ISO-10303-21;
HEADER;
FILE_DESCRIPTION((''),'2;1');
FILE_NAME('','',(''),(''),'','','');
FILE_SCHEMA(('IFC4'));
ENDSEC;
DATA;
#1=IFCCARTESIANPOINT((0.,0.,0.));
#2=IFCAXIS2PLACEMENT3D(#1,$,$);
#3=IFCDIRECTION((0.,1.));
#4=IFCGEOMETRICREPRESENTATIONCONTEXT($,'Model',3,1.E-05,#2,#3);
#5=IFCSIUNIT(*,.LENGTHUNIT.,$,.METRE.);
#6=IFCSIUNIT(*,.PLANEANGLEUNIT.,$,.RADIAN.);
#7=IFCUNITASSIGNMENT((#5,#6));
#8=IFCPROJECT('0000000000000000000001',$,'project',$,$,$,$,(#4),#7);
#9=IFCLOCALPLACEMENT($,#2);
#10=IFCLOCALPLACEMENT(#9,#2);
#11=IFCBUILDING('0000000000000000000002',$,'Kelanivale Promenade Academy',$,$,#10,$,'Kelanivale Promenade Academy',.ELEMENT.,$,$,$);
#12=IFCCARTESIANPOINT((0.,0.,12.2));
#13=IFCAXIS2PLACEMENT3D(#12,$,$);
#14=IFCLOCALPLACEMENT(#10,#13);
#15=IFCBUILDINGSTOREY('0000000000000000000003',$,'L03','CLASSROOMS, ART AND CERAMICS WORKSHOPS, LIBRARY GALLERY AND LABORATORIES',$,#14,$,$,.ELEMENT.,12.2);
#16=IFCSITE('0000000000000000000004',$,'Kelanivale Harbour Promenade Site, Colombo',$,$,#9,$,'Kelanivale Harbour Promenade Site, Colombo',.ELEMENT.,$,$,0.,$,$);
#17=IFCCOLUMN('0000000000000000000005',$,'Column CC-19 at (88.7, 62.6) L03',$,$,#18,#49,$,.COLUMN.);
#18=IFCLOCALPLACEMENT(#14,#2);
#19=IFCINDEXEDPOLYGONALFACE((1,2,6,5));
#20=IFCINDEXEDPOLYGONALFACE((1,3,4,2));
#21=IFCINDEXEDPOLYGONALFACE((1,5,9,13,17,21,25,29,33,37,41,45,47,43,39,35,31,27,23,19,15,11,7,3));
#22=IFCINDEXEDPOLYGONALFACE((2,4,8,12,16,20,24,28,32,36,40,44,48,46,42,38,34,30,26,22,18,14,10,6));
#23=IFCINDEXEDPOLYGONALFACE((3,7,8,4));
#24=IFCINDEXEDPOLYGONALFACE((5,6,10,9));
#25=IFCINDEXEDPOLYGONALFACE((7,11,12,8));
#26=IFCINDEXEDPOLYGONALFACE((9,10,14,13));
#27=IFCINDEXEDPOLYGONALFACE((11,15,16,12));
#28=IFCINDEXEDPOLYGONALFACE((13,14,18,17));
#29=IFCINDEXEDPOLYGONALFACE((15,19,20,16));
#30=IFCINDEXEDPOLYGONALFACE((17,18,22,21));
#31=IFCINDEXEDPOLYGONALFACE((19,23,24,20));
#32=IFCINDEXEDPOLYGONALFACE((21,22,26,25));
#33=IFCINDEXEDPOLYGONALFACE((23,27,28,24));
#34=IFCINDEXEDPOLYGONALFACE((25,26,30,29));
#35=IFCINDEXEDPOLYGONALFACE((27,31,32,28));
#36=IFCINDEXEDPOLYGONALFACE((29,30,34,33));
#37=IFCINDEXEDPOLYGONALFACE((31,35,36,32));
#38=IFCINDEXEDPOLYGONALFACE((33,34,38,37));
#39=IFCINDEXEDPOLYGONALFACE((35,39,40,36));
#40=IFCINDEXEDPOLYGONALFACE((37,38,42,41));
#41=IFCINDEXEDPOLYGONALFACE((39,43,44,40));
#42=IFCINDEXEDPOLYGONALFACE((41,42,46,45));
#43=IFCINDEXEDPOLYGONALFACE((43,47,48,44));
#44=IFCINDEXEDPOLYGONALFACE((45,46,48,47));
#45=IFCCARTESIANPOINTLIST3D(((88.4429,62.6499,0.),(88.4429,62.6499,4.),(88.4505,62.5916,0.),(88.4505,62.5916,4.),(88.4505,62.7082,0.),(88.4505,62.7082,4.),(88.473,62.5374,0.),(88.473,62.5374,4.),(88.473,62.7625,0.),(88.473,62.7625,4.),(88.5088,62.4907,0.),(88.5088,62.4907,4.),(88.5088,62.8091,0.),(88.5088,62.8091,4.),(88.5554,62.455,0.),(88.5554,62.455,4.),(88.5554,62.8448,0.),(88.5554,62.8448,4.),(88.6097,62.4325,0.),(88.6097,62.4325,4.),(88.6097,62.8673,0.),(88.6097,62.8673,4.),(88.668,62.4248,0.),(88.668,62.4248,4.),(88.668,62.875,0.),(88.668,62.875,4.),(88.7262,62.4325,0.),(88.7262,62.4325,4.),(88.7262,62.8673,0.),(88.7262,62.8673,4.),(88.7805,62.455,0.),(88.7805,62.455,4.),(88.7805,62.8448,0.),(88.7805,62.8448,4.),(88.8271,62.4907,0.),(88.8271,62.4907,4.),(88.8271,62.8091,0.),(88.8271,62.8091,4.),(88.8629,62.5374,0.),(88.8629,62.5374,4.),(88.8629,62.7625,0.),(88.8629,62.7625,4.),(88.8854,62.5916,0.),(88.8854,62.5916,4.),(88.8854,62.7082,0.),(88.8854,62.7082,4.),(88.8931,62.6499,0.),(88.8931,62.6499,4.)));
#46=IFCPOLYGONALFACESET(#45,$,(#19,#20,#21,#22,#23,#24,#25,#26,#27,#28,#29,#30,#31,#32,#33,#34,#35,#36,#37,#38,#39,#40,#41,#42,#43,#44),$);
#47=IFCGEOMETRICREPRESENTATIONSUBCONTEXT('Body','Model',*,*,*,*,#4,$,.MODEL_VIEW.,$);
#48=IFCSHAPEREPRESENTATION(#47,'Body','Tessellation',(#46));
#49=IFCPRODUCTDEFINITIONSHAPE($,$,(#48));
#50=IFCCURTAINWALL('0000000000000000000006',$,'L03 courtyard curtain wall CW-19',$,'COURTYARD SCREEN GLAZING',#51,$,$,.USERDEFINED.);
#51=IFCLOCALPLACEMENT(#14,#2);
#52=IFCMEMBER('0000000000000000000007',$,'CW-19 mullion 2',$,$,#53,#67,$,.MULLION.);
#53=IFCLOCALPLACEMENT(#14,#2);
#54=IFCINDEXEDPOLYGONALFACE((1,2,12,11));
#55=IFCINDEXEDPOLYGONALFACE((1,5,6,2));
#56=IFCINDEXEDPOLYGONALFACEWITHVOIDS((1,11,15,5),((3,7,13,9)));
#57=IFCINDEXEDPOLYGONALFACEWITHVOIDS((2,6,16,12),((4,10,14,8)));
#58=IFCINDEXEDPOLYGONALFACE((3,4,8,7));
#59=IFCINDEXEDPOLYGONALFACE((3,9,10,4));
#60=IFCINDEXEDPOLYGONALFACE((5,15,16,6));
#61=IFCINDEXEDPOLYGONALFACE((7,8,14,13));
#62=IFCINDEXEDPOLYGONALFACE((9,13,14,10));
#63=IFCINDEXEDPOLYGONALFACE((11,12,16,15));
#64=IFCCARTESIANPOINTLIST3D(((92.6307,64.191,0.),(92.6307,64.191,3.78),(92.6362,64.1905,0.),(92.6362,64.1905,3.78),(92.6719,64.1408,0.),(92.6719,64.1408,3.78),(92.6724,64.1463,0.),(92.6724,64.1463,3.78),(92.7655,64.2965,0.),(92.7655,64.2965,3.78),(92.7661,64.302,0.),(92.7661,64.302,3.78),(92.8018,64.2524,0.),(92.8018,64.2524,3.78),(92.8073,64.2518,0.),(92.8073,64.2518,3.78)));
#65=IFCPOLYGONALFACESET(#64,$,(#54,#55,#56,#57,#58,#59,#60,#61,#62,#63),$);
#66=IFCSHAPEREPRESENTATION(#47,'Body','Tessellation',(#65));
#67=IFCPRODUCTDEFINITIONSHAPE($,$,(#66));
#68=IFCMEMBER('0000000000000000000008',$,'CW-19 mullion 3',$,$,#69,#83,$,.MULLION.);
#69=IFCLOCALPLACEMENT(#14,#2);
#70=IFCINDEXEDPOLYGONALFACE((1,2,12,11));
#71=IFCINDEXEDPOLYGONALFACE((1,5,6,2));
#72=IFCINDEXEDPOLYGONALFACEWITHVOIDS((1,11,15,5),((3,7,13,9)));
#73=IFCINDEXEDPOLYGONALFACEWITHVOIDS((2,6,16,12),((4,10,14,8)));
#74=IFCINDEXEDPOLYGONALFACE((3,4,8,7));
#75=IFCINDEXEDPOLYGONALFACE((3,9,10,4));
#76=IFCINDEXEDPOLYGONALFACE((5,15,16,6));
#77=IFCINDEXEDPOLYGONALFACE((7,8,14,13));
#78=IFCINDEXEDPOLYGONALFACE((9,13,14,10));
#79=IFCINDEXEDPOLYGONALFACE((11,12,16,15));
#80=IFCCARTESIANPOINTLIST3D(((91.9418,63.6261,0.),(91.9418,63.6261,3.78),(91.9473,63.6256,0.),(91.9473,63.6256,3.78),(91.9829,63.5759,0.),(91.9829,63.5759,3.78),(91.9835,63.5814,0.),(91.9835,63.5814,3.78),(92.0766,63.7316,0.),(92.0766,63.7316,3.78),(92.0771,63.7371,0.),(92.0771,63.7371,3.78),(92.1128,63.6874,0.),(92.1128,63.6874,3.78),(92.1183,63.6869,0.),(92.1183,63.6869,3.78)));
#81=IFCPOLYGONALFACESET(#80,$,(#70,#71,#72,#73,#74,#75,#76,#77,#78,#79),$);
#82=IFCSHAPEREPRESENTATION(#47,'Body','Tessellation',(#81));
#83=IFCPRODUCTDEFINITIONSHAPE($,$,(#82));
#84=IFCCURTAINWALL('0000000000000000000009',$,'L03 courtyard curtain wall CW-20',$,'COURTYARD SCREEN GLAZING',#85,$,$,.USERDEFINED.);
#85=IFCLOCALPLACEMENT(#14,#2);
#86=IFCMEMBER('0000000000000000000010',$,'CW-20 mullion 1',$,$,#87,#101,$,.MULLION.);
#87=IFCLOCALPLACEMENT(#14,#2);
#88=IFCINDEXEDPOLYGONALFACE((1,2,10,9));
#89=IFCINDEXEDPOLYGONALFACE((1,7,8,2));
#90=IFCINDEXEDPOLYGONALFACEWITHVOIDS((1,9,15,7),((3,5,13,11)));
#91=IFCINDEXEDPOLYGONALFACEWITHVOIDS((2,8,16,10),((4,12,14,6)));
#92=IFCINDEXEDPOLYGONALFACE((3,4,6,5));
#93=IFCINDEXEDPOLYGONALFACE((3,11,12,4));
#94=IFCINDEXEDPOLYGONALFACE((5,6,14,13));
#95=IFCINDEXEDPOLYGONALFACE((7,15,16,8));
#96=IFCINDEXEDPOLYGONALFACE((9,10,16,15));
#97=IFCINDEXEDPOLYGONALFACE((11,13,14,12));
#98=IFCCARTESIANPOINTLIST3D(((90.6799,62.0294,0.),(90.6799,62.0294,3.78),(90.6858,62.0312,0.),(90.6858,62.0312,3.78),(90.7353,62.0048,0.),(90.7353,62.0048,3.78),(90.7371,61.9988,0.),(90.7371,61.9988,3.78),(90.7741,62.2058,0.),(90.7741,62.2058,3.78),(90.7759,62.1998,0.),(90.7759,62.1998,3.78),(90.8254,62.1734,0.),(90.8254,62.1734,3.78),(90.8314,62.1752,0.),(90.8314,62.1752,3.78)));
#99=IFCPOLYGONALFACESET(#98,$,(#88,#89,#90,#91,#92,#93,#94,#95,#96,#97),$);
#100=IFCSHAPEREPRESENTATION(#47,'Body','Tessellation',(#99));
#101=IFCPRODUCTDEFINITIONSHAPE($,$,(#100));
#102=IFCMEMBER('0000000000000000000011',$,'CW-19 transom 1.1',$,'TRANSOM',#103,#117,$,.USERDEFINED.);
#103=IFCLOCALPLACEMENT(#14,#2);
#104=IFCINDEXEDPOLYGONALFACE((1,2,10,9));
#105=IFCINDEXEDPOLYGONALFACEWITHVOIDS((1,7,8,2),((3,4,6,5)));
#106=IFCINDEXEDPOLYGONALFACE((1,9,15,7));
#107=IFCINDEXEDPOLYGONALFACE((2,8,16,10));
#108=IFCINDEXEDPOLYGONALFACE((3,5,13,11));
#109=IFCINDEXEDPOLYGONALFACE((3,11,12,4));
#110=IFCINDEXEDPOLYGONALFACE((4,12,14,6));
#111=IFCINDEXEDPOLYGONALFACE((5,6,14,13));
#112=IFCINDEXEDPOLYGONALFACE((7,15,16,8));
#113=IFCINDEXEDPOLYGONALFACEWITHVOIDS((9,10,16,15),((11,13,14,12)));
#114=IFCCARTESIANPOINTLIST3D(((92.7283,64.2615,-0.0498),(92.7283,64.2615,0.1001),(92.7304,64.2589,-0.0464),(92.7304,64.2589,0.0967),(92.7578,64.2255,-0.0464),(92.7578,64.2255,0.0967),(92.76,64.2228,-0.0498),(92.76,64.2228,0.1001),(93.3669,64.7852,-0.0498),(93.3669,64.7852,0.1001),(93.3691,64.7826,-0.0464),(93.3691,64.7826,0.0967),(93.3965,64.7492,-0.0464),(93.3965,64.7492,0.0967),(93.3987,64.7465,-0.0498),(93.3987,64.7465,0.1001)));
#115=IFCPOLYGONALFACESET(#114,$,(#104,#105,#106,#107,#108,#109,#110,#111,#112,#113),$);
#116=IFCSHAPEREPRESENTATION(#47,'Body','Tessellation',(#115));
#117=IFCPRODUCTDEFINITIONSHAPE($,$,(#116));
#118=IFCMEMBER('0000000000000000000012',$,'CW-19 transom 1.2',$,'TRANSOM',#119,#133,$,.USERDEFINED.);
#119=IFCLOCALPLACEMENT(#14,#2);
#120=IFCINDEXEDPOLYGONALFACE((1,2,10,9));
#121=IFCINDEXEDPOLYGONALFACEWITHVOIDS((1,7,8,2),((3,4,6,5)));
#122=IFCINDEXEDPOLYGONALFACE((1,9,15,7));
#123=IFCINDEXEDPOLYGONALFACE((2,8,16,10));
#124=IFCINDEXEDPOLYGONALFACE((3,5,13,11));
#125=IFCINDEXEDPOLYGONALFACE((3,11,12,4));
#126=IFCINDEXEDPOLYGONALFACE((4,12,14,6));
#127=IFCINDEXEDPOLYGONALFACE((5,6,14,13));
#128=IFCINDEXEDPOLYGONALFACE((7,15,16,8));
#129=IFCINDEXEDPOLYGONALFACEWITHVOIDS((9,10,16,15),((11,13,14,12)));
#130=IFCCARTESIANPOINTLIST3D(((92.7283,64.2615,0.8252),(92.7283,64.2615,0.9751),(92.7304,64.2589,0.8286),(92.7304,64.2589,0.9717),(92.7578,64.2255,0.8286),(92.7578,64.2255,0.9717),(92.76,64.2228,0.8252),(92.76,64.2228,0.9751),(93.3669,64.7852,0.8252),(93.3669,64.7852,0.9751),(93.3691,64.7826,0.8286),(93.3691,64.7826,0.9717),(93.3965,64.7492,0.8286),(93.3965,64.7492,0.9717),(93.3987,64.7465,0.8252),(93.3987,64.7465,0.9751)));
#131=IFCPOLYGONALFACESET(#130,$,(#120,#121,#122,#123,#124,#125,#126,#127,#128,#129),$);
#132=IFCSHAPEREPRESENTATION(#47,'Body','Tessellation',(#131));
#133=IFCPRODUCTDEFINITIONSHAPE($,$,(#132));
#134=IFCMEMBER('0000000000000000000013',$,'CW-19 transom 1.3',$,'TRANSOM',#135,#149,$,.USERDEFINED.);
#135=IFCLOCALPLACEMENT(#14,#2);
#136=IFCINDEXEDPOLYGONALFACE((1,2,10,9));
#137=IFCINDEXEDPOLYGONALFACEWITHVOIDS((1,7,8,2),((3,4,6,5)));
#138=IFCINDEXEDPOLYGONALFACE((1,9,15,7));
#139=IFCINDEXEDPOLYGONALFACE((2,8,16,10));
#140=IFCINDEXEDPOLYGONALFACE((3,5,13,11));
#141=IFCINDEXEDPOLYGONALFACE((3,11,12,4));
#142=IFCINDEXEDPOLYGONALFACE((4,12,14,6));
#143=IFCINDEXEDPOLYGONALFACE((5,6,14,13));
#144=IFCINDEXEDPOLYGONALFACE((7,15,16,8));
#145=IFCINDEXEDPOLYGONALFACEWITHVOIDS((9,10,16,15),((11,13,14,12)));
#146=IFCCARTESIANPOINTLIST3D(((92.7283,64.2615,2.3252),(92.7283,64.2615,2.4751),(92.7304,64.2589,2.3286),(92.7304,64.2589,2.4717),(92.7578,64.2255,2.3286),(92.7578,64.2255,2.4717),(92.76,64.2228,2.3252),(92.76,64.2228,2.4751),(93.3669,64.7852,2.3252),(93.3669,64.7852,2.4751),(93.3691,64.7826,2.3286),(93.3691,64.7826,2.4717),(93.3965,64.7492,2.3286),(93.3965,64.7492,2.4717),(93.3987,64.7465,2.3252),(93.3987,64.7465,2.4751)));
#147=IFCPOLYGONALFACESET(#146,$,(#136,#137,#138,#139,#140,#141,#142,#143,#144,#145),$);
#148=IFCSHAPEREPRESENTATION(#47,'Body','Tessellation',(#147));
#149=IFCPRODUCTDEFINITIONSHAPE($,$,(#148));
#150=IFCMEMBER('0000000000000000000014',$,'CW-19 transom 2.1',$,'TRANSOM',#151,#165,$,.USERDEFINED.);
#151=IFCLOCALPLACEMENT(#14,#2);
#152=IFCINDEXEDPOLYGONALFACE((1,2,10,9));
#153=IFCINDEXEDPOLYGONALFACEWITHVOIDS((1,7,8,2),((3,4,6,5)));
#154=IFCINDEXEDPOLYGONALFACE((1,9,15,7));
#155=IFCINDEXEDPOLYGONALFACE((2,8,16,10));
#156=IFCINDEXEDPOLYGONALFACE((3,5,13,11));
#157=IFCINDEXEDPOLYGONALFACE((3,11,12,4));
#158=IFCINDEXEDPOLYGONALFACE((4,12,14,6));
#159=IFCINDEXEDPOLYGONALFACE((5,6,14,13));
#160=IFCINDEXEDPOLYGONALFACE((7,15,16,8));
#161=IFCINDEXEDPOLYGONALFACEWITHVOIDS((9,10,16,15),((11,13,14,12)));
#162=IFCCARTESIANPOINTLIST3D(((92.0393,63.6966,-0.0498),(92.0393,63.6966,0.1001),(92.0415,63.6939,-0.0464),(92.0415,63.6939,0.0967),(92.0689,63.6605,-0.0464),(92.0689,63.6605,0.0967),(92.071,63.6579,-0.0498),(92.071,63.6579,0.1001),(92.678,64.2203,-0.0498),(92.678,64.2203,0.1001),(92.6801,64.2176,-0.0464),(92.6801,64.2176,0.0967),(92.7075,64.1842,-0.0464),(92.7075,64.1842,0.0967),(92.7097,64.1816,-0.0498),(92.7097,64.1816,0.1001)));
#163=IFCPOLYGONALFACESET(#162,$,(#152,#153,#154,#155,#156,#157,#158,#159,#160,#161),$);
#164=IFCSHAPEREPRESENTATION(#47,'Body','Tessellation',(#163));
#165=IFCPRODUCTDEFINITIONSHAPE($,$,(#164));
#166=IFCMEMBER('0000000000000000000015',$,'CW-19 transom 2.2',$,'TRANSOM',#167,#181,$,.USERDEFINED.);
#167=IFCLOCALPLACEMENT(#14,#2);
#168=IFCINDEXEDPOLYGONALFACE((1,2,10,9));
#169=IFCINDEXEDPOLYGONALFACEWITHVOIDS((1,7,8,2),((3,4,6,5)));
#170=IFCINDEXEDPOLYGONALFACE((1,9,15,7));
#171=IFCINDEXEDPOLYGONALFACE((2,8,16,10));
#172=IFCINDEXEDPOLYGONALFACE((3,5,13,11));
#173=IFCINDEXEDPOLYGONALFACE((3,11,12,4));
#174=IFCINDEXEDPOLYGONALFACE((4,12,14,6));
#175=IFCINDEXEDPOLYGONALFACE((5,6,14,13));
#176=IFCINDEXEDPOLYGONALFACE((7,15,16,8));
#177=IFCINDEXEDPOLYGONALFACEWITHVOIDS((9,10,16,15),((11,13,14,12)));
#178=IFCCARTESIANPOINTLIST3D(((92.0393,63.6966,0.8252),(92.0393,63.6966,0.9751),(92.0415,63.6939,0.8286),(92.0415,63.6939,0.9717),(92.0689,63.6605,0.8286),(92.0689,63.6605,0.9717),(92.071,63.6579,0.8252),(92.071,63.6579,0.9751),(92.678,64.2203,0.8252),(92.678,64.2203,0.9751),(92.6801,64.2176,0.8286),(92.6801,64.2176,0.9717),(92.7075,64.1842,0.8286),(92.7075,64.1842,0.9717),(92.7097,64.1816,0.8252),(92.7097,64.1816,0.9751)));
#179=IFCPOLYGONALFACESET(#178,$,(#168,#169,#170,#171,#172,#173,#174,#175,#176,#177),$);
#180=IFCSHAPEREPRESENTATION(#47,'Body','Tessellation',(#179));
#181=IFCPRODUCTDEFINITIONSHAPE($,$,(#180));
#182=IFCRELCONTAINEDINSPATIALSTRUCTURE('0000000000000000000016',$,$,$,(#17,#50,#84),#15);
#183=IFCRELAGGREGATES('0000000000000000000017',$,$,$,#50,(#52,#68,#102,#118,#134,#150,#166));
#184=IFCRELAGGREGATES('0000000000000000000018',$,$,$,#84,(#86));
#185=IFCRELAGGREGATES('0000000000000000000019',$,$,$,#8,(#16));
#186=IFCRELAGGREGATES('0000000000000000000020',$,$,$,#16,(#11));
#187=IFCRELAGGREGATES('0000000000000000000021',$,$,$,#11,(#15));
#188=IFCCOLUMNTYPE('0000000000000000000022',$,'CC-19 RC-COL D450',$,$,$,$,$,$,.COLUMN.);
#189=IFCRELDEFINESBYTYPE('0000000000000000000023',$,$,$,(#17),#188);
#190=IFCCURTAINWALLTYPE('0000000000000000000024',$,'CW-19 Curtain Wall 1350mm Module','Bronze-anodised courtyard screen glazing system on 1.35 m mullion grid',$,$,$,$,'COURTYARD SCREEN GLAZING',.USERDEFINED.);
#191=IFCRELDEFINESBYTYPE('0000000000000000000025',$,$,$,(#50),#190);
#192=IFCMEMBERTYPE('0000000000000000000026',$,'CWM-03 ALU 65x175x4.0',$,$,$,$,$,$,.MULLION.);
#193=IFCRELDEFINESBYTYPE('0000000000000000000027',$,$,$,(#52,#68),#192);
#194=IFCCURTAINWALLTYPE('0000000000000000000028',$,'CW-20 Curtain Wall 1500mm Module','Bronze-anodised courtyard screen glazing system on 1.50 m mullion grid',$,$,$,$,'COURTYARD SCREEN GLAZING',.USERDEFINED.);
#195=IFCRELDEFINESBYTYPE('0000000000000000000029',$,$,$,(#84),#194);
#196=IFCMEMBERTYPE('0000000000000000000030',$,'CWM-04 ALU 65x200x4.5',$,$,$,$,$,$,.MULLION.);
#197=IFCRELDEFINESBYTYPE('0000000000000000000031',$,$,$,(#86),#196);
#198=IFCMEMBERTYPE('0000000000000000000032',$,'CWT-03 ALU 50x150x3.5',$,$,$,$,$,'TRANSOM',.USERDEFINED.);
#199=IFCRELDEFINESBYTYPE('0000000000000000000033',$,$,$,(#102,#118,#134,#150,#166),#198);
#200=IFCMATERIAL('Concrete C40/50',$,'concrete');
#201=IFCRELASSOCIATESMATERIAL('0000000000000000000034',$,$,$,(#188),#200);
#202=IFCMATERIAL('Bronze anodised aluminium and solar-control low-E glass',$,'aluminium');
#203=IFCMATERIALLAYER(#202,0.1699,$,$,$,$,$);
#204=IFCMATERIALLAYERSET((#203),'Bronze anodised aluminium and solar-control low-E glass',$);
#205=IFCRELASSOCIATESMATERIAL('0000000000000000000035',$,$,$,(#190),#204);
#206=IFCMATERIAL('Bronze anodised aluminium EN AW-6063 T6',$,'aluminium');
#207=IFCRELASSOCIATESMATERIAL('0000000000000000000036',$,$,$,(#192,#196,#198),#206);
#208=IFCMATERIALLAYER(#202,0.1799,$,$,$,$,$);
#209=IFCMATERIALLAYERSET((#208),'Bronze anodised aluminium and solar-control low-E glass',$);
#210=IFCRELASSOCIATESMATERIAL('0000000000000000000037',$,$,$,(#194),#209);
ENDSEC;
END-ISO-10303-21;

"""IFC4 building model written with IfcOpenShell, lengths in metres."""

from ifc_helpers import new_model, si_unit, direction, frame, origin, origin_2d, place, context, subcontext, project, spatial, hollow_rectangle, circle, extrude, material, layer, layer_set, material_profile, profile_set, type_object, element, aggregate, save


model = new_model("IFC4")

# Units and contexts
model_context = context("Model", 3, precision=1e-05, world=origin(), true_north=direction((0.0, 1.0)))
body_context = subcontext(model_context, "Body", "Model", "MODEL_VIEW")
ifc_project = project(units=[si_unit("LENGTHUNIT", "METRE"), si_unit("PLANEANGLEUNIT", "RADIAN")], contexts=[model_context])

# Site, building, storey
site_placement = place(None, origin())
site = spatial("IfcSite", under=ifc_project, at=site_placement, Name="Kelanivale Harbour Promenade Site, Colombo", LongName="Kelanivale Harbour Promenade Site, Colombo", CompositionType="ELEMENT", RefElevation=0.0)
building_placement = place(site_placement, origin())
building = spatial("IfcBuilding", under=site, at=building_placement, Name="Kelanivale Promenade Academy", LongName="Kelanivale Promenade Academy", CompositionType="ELEMENT")
storey_placement = place(building_placement, frame((0.0, 0.0, 12.2)))
storey = spatial("IfcBuildingStorey", under=building, at=storey_placement, Name="L03", Description="CLASSROOMS, ART AND CERAMICS WORKSHOPS, LIBRARY GALLERY AND LABORATORIES", CompositionType="ELEMENT", Elevation=12.2)

# Column
ifc_material_1 = material(Name="Concrete C40/50", Category="concrete")
ifc_material_profile_1 = material_profile(ifc_material_1, circle(Radius=0.2251, at=origin_2d()), Name="RC-COL D450")
ifc_profile_set_1 = profile_set([ifc_material_profile_1], Name="Concrete C40/50")
column_type = type_object("IfcColumnType", Name="CC-19 RC-COL D450", PredefinedType="COLUMN", material=ifc_profile_set_1)
column_placement = place(storey_placement, frame((88.668, 62.6499, 0.0), z_axis=(0.0, 0.0, 1.0), x_axis=(1.0, 0.0, 0.0)))
element("IfcColumn", 1, at=column_placement, inside=storey, type_object=column_type, Name="Column CC-19 at (88.7, 62.6) L03", PredefinedType="COLUMN", context=body_context, shape_type="SweptSolid", body=[
    extrude(circle(Radius=0.2251, at=origin_2d()), origin(), (0.0, 0.0, 1.0), 4.0),
])

# Curtain wall, members
ifc_material_2 = material(Name="Bronze anodised aluminium and solar-control low-E glass", Category="aluminium")
ifc_layer_1 = layer(ifc_material_2, 0.1699)
ifc_layer_set_1 = layer_set([ifc_layer_1], Name="Bronze anodised aluminium and solar-control low-E glass")
curtain_wall_type_1 = type_object("IfcCurtainWallType", Name="CW-19 Curtain Wall 1350mm Module", Description="Bronze-anodised courtyard screen glazing system on 1.35 m mullion grid", ElementType="COURTYARD SCREEN GLAZING", PredefinedType="USERDEFINED", material=ifc_layer_set_1)
curtain_wall_1_placement = place(storey_placement, origin())
curtain_wall_1 = element("IfcCurtainWall", 2, at=curtain_wall_1_placement, inside=storey, type_object=curtain_wall_type_1, Name="L03 courtyard curtain wall CW-19", ObjectType="COURTYARD SCREEN GLAZING", PredefinedType="USERDEFINED")
ifc_material_3 = material(Name="Bronze anodised aluminium EN AW-6063 T6", Category="aluminium")
ifc_material_profile_2 = material_profile(ifc_material_3, hollow_rectangle(XDim=0.0649, YDim=0.175, WallThickness=0.0039, at=origin_2d()), Name="ALU 65x175x4.0")
ifc_profile_set_2 = profile_set([ifc_material_profile_2], Name="Bronze anodised aluminium EN AW-6063 T6")
member_type_1 = type_object("IfcMemberType", Name="CWM-03 ALU 65x175x4.0", PredefinedType="MULLION", material=ifc_profile_set_2)
member_1_placement = place(storey_placement, frame((92.719, 64.2214, 0.0), z_axis=(0.0, 0.0, 1.0), x_axis=(0.634093, -0.773257, 0.0)))
member_1 = element("IfcMember", 3, at=member_1_placement, type_object=member_type_1, Name="CW-19 mullion 2", PredefinedType="MULLION", context=body_context, shape_type="SweptSolid", body=[
    extrude(hollow_rectangle(XDim=0.0649, YDim=0.175, WallThickness=0.0039, at=origin_2d()), origin(), (0.0, 0.0, 1.0), 3.78),
])
member_2_placement = place(storey_placement, frame((92.03, 63.6565, 0.0), z_axis=(0.0, 0.0, 1.0), x_axis=(0.634093, -0.773257, 0.0)))
member_2 = element("IfcMember", 4, at=member_2_placement, type_object=member_type_1, Name="CW-19 mullion 3", PredefinedType="MULLION", context=body_context, shape_type="SweptSolid", body=[
    extrude(hollow_rectangle(XDim=0.0649, YDim=0.175, WallThickness=0.0039, at=origin_2d()), origin(), (0.0, 0.0, 1.0), 3.78),
])

# Curtain wall, member
ifc_layer_2 = layer(ifc_material_2, 0.1799)
ifc_layer_set_2 = layer_set([ifc_layer_2], Name="Bronze anodised aluminium and solar-control low-E glass")
curtain_wall_type_2 = type_object("IfcCurtainWallType", Name="CW-20 Curtain Wall 1500mm Module", Description="Bronze-anodised courtyard screen glazing system on 1.50 m mullion grid", ElementType="COURTYARD SCREEN GLAZING", PredefinedType="USERDEFINED", material=ifc_layer_set_2)
curtain_wall_2_placement = place(storey_placement, origin())
curtain_wall_2 = element("IfcCurtainWall", 5, at=curtain_wall_2_placement, inside=storey, type_object=curtain_wall_type_2, Name="L03 courtyard curtain wall CW-20", ObjectType="COURTYARD SCREEN GLAZING", PredefinedType="USERDEFINED")
ifc_material_profile_3 = material_profile(ifc_material_3, hollow_rectangle(XDim=0.0649, YDim=0.2, WallThickness=0.0044, at=origin_2d()), Name="ALU 65x200x4.5")
ifc_profile_set_3 = profile_set([ifc_material_profile_3], Name="Bronze anodised aluminium EN AW-6063 T6")
member_type_2 = type_object("IfcMemberType", Name="CWM-04 ALU 65x200x4.5", PredefinedType="MULLION", material=ifc_profile_set_3)
member_3_placement = place(storey_placement, frame((90.7556, 62.1023, 0.0), z_axis=(0.0, 0.0, 1.0), x_axis=(0.881978, -0.47129, 0.0)))
member_3 = element("IfcMember", 6, at=member_3_placement, type_object=member_type_2, Name="CW-20 mullion 1", PredefinedType="MULLION", context=body_context, shape_type="SweptSolid", body=[
    extrude(hollow_rectangle(XDim=0.0649, YDim=0.2, WallThickness=0.0044, at=origin_2d()), origin(), (0.0, 0.0, 1.0), 3.78),
])

# Members
ifc_material_profile_4 = material_profile(ifc_material_3, hollow_rectangle(XDim=0.05, YDim=0.1499, WallThickness=0.0034, at=origin_2d()), Name="ALU 50x150x3.5")
ifc_profile_set_4 = profile_set([ifc_material_profile_4], Name="Bronze anodised aluminium EN AW-6063 T6")
member_type_3 = type_object("IfcMemberType", Name="CWT-03 ALU 50x150x3.5", ElementType="TRANSOM", PredefinedType="USERDEFINED", material=ifc_profile_set_4)
member_4_placement = place(storey_placement, frame((93.3828, 64.7659, 0.0251), z_axis=(-0.773285, -0.634058, 0.0), x_axis=(0.634058, -0.773285, 0.0)))
member_4 = element("IfcMember", 7, at=member_4_placement, type_object=member_type_3, Name="CW-19 transom 1.1", ObjectType="TRANSOM", PredefinedType="USERDEFINED", context=body_context, shape_type="SweptSolid", body=[
    extrude(hollow_rectangle(XDim=0.05, YDim=0.1499, WallThickness=0.0034, at=origin_2d()), origin(), (0.0, 0.0, 1.0), 0.8259),
])
member_5_placement = place(storey_placement, frame((93.3828, 64.7659, 0.9001), z_axis=(-0.773285, -0.634058, 0.0), x_axis=(0.634058, -0.773285, 0.0)))
member_5 = element("IfcMember", 8, at=member_5_placement, type_object=member_type_3, Name="CW-19 transom 1.2", ObjectType="TRANSOM", PredefinedType="USERDEFINED", context=body_context, shape_type="SweptSolid", body=[
    extrude(hollow_rectangle(XDim=0.05, YDim=0.1499, WallThickness=0.0034, at=origin_2d()), origin(), (0.0, 0.0, 1.0), 0.8259),
])
member_6_placement = place(storey_placement, frame((93.3828, 64.7659, 2.4001), z_axis=(-0.773285, -0.634058, 0.0), x_axis=(0.634058, -0.773285, 0.0)))
member_6 = element("IfcMember", 9, at=member_6_placement, type_object=member_type_3, Name="CW-19 transom 1.3", ObjectType="TRANSOM", PredefinedType="USERDEFINED", context=body_context, shape_type="SweptSolid", body=[
    extrude(hollow_rectangle(XDim=0.05, YDim=0.1499, WallThickness=0.0034, at=origin_2d()), origin(), (0.0, 0.0, 1.0), 0.8259),
])
member_7_placement = place(storey_placement, frame((92.6938, 64.2009, 0.0251), z_axis=(-0.773285, -0.634058, 0.0), x_axis=(0.634058, -0.773285, 0.0)))
member_7 = element("IfcMember", 10, at=member_7_placement, type_object=member_type_3, Name="CW-19 transom 2.1", ObjectType="TRANSOM", PredefinedType="USERDEFINED", context=body_context, shape_type="SweptSolid", body=[
    extrude(hollow_rectangle(XDim=0.05, YDim=0.1499, WallThickness=0.0034, at=origin_2d()), origin(), (0.0, 0.0, 1.0), 0.8259),
])
member_8_placement = place(storey_placement, frame((92.6938, 64.2009, 0.9001), z_axis=(-0.773285, -0.634058, 0.0), x_axis=(0.634058, -0.773285, 0.0)))
member_8 = element("IfcMember", 11, at=member_8_placement, type_object=member_type_3, Name="CW-19 transom 2.2", ObjectType="TRANSOM", PredefinedType="USERDEFINED", context=body_context, shape_type="SweptSolid", body=[
    extrude(hollow_rectangle(XDim=0.05, YDim=0.1499, WallThickness=0.0034, at=origin_2d()), origin(), (0.0, 0.0, 1.0), 0.8259),
])

aggregate(curtain_wall_1, [member_1, member_2, member_4, member_5, member_6, member_7, member_8])
aggregate(curtain_wall_2, [member_3])

save(model, "model.ifc")
